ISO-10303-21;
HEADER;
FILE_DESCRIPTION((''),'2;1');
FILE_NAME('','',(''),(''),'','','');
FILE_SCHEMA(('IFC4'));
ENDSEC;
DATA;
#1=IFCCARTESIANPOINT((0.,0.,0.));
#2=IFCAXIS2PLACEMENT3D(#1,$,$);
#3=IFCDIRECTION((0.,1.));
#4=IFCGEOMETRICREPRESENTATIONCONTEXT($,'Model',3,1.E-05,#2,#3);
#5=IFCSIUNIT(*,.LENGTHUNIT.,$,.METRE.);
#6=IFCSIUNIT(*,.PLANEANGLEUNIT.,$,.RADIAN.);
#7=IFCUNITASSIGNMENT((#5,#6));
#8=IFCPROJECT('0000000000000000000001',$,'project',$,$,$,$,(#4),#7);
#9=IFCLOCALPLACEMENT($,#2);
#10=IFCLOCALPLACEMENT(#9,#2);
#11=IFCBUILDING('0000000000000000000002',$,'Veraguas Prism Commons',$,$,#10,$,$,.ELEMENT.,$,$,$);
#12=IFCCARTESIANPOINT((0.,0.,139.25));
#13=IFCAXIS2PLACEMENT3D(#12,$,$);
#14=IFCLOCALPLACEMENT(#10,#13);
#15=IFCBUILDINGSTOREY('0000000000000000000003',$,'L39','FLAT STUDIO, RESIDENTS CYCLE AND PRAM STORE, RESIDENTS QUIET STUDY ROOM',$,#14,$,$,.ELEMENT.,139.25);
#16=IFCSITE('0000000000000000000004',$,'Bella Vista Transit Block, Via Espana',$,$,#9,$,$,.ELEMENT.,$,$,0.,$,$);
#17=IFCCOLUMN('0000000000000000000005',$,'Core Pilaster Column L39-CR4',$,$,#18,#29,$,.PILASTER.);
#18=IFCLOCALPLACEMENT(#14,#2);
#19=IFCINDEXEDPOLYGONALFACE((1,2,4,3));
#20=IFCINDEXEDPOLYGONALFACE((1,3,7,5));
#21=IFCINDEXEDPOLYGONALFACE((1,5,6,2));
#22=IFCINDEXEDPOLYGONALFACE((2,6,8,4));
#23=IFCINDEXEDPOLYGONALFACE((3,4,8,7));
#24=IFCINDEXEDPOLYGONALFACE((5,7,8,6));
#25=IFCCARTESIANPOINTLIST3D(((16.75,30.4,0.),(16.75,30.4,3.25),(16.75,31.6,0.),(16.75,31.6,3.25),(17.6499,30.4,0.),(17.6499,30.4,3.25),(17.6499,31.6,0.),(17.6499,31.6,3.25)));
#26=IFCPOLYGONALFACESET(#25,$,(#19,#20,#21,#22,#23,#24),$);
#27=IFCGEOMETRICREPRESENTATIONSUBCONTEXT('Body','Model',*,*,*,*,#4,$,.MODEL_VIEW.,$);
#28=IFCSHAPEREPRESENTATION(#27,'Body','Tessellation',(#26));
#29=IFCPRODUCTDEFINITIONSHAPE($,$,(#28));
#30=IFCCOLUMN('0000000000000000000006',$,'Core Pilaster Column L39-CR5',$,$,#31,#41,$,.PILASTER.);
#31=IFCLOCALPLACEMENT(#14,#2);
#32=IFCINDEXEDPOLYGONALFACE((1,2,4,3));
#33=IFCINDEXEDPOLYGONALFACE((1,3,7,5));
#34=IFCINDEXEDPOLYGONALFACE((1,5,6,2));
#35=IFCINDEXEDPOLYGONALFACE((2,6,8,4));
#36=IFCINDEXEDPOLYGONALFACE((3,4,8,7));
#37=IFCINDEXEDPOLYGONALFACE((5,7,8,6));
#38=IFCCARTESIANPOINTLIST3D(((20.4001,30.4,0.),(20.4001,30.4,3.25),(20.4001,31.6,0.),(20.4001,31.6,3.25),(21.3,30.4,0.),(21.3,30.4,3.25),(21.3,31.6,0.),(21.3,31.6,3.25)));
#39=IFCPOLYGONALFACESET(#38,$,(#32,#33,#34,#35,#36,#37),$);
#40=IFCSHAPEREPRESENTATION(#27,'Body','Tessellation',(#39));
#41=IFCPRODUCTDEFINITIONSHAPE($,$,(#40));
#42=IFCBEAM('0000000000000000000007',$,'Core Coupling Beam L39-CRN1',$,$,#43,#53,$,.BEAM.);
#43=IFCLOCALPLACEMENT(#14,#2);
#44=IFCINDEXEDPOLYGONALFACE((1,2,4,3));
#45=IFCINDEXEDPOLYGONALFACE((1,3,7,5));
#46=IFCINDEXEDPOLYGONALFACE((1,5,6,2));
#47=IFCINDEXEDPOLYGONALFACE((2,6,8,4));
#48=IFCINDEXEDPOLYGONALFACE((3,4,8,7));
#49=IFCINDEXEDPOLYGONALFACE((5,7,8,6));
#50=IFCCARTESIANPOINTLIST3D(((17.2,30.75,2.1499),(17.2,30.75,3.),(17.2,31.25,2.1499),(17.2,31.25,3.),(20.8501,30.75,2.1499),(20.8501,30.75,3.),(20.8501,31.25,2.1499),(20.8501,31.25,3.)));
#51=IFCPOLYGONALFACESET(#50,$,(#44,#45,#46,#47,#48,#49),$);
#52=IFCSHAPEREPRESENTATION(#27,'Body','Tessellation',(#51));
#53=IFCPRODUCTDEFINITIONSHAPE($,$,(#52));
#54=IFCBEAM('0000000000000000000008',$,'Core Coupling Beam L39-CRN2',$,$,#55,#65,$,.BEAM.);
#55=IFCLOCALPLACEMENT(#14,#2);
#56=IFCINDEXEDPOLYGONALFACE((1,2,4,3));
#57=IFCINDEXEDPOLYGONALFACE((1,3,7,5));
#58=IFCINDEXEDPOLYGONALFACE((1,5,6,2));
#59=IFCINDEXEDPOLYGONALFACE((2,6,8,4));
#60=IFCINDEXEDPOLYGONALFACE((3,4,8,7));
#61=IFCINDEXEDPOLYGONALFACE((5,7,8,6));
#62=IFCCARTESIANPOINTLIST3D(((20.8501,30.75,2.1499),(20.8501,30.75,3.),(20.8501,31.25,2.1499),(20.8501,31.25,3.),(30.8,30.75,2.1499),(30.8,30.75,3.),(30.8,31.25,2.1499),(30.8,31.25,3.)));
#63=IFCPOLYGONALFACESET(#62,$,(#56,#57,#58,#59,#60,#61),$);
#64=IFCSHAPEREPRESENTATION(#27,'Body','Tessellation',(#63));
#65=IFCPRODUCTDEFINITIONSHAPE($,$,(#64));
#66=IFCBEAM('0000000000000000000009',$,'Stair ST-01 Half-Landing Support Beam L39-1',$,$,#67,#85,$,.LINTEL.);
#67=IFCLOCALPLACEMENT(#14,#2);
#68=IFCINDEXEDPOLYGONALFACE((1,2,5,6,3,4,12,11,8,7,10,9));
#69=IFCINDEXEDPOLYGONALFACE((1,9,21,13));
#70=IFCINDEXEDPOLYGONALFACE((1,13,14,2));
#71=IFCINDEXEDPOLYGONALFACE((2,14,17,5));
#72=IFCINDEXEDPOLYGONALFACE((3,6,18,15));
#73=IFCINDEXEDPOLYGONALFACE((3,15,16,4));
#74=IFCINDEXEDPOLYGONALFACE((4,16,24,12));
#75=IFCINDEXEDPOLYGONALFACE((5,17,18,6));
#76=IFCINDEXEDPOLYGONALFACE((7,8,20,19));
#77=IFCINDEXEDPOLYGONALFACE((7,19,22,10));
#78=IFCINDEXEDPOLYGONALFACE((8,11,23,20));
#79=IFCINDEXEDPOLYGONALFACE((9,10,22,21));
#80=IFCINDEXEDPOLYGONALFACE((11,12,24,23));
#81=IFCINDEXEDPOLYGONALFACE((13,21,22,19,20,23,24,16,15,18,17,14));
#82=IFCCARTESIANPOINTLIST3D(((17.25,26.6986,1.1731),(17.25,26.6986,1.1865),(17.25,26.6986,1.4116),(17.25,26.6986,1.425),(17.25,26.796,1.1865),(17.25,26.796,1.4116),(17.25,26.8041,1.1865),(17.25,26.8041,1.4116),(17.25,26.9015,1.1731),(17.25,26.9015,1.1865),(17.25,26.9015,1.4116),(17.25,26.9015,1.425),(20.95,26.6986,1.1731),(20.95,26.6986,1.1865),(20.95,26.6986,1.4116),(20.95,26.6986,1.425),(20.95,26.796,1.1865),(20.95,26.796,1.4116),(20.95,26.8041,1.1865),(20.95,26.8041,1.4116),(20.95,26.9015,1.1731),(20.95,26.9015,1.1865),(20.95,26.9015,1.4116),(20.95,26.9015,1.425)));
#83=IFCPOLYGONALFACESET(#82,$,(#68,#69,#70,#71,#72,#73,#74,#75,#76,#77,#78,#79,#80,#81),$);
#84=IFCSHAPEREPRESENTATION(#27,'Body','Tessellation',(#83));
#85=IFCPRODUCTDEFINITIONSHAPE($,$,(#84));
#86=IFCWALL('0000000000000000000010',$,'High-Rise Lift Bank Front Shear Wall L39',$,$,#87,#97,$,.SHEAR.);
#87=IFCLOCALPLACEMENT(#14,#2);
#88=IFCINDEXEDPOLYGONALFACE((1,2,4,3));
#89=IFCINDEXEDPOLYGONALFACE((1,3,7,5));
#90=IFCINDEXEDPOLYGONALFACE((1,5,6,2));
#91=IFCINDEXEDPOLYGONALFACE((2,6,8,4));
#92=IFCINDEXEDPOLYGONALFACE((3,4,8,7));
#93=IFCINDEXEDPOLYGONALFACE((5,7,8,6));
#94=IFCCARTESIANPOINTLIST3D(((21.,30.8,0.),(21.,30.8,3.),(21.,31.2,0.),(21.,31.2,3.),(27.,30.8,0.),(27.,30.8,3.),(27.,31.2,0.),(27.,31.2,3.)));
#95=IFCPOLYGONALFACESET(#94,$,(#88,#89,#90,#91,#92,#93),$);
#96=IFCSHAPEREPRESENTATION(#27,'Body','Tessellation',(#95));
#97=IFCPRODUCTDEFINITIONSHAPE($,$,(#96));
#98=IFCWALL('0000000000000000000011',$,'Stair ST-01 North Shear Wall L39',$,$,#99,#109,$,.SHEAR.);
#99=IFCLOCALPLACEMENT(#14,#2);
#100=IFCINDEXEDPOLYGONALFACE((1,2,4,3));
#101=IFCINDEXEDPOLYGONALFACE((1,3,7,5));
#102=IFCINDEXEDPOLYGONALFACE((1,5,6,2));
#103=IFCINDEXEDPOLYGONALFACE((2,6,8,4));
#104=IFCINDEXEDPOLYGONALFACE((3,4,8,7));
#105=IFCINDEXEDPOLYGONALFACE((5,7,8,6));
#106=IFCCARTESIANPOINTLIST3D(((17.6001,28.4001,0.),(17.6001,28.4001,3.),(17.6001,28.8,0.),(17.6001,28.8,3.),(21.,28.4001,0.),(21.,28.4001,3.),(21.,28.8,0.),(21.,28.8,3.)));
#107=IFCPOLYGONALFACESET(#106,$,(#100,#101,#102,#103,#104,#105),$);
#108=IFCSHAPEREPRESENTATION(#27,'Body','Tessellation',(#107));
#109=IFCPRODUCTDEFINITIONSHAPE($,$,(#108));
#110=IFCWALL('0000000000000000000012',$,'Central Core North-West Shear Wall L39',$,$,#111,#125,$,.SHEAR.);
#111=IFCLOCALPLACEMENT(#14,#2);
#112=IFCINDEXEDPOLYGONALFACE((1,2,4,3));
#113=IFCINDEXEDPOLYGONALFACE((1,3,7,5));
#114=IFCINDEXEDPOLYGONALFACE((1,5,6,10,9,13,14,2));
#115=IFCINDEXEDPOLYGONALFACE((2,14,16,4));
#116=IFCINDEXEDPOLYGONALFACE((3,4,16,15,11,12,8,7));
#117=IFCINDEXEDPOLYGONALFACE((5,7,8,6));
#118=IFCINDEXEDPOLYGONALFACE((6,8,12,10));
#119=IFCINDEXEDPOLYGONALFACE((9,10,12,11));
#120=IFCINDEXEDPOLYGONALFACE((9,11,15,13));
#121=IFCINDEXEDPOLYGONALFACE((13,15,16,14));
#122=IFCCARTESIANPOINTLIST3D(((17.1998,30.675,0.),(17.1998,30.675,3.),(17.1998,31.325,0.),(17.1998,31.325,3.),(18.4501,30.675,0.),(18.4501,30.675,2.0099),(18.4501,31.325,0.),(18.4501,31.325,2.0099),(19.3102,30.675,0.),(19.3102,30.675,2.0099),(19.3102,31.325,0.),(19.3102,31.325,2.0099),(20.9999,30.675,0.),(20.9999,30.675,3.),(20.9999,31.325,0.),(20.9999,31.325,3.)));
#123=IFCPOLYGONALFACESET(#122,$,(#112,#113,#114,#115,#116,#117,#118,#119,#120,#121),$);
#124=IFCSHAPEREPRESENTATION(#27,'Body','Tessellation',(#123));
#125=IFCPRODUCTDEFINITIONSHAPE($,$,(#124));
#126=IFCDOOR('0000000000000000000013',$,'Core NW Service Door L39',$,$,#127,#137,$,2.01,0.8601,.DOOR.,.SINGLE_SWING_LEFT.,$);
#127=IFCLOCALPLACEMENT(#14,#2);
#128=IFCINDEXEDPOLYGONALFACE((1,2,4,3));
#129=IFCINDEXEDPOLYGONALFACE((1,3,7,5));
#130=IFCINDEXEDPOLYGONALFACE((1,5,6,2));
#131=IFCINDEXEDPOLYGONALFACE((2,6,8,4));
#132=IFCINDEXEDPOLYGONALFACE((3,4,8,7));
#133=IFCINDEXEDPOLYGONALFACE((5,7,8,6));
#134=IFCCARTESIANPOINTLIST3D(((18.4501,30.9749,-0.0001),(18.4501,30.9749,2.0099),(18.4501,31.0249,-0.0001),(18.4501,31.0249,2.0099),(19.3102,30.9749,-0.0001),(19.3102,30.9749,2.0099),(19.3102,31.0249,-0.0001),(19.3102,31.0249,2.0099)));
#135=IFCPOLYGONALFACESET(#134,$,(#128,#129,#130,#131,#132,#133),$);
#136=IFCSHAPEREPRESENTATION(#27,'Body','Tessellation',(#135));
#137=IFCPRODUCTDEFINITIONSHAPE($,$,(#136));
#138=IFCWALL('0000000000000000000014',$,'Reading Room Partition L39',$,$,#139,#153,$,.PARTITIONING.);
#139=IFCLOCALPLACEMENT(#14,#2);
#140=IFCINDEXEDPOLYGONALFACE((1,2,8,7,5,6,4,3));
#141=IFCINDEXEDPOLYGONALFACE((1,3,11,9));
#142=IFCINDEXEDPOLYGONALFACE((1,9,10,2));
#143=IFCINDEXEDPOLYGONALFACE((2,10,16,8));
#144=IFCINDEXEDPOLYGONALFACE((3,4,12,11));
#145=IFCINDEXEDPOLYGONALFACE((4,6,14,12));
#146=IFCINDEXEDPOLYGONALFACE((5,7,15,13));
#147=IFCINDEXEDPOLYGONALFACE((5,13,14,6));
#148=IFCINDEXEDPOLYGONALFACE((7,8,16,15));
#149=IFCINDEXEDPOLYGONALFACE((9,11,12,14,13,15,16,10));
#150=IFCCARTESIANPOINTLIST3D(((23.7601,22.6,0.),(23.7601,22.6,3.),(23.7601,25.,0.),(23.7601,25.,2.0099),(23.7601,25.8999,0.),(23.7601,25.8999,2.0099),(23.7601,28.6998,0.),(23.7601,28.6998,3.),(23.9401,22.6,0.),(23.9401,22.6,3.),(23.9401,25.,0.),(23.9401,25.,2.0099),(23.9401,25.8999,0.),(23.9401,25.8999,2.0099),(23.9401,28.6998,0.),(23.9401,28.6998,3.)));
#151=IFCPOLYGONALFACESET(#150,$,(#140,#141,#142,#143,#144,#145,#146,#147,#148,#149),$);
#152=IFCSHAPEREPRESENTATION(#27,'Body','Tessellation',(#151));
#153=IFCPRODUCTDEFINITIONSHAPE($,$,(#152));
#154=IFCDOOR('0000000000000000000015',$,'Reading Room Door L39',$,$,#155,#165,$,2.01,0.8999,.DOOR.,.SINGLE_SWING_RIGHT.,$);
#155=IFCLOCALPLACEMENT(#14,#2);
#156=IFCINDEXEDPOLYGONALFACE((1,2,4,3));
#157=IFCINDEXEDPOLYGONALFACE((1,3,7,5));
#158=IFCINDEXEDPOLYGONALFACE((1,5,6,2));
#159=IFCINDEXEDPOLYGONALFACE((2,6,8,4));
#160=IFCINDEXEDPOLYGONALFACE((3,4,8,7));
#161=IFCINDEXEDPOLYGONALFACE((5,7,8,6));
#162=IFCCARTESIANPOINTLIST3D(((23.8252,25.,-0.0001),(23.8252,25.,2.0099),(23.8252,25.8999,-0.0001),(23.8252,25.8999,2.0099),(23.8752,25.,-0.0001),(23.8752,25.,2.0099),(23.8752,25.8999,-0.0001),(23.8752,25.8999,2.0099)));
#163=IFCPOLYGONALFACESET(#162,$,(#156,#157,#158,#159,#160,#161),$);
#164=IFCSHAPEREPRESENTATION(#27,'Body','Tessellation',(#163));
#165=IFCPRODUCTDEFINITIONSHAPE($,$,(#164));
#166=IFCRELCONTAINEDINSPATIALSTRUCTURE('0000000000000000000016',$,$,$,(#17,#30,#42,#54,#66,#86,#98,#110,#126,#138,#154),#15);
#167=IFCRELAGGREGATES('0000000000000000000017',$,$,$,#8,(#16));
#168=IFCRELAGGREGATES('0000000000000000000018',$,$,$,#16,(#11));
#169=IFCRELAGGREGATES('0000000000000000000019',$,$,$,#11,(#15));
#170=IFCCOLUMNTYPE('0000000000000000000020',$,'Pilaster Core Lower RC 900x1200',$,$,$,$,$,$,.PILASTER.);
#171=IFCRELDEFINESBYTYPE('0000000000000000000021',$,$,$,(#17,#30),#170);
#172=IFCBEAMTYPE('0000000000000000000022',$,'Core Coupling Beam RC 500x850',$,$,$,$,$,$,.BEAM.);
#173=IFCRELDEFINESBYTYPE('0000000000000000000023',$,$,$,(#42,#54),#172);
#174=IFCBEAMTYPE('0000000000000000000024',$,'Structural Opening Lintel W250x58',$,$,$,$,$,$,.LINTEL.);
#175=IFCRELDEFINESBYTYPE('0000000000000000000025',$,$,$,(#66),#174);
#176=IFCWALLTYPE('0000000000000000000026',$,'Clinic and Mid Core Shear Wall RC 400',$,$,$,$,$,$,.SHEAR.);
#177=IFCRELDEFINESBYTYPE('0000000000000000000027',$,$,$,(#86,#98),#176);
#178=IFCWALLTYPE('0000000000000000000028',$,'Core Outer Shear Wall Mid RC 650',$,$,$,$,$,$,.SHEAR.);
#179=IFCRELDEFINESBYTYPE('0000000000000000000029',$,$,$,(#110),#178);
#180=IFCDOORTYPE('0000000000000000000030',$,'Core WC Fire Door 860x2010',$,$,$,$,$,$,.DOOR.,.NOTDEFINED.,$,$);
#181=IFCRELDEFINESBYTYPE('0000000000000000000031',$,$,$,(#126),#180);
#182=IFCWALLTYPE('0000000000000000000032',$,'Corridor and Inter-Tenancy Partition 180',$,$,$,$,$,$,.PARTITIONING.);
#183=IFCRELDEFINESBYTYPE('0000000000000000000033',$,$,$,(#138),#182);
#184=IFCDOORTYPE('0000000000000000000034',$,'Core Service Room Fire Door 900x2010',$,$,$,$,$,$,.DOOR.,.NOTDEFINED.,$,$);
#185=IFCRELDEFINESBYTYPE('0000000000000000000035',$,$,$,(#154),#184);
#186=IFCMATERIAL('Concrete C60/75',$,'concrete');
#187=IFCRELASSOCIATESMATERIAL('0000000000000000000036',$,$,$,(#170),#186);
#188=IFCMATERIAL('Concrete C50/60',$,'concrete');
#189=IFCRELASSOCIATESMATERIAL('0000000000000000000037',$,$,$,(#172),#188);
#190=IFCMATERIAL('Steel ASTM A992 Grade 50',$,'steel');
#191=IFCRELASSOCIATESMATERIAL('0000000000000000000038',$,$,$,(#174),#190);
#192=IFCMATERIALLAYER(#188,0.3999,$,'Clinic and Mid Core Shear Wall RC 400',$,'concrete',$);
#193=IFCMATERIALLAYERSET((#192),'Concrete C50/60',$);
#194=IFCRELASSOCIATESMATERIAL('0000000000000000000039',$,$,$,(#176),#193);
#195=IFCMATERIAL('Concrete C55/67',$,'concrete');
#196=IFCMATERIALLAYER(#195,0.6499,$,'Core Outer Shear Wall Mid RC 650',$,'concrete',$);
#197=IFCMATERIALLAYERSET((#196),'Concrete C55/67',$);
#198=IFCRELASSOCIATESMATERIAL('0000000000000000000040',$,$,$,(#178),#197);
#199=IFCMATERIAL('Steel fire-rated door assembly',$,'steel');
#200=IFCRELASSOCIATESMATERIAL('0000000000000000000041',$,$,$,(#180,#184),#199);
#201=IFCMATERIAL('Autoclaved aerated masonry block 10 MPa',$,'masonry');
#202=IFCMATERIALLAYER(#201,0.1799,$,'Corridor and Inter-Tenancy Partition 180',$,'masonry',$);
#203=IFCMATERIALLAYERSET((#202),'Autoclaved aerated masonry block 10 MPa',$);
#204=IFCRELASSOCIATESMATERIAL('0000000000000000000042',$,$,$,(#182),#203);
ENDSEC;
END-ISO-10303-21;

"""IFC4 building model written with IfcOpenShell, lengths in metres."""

from ifc_helpers import new_model, si_unit, direction, frame, frame_2d, origin, origin_2d, place, context, subcontext, project, spatial, rectangle, i_section, extrude, source, transform, mapped, material, layer, layer_set, material_profile, profile_set, type_object, element, fill, save


model = new_model("IFC4")

# Units and contexts
model_context = context("Model", 3, precision=1e-05, world=origin(), true_north=direction((0.0, 1.0)))
body_context = subcontext(model_context, "Body", "Model", "MODEL_VIEW")
ifc_project = project(units=[si_unit("LENGTHUNIT", "METRE"), si_unit("PLANEANGLEUNIT", "RADIAN")], contexts=[model_context])

# Site, building, storey
site_placement = place(None, origin())
site = spatial("IfcSite", under=ifc_project, at=site_placement, Name="Bella Vista Transit Block, Via Espana", CompositionType="ELEMENT", RefElevation=0.0)
building_placement = place(site_placement, origin())
building = spatial("IfcBuilding", under=site, at=building_placement, Name="Veraguas Prism Commons", CompositionType="ELEMENT")
storey_placement = place(building_placement, frame((0.0, 0.0, 139.25)))
storey = spatial("IfcBuildingStorey", under=building, at=storey_placement, Name="L39", Description="FLAT STUDIO, RESIDENTS CYCLE AND PRAM STORE, RESIDENTS QUIET STUDY ROOM", CompositionType="ELEMENT", Elevation=139.25)

# Columns
ifc_material_1 = material(Name="Concrete C60/75", Category="concrete")
ifc_material_profile_1 = material_profile(ifc_material_1, rectangle(XDim=0.8999, YDim=1.2, at=origin_2d()), Name="RC900X1200")
ifc_profile_set_1 = profile_set([ifc_material_profile_1], Name="Concrete C60/75")
column_type = type_object("IfcColumnType", Name="Pilaster Core Lower RC 900x1200", PredefinedType="PILASTER", material=ifc_profile_set_1)
for number, where, z_axis, x_axis, name in (
    (1, (17.2, 31.0, 0.0), (0.0, 0.0, 1.0), (1.0, 0.0, 0.0), "Core Pilaster Column L39-CR4"),
    (2, (20.8501, 31.0, 0.0), (0.0, 0.0, 1.0), (1.0, 0.0, 0.0), "Core Pilaster Column L39-CR5"),
):
    element("IfcColumn", number, at=place(storey_placement, frame(where, z_axis=z_axis, x_axis=x_axis)), inside=storey, type_object=column_type, Name=name, PredefinedType="PILASTER", context=body_context, shape_type="SweptSolid", body=[
        extrude(rectangle(XDim=0.8999, YDim=1.2, at=origin_2d()), origin(), (0.0, 0.0, 1.0), 3.25),
    ])

# Beams
ifc_material_2 = material(Name="Concrete C50/60", Category="concrete")
ifc_material_profile_2 = material_profile(ifc_material_2, rectangle(XDim=0.5, YDim=0.8501, at=origin_2d()), Name="RC500X850")
ifc_profile_set_2 = profile_set([ifc_material_profile_2], Name="Concrete C50/60")
beam_type_1 = type_object("IfcBeamType", Name="Core Coupling Beam RC 500x850", PredefinedType="BEAM", material=ifc_profile_set_2)
beam_1_placement = place(storey_placement, frame((17.2, 31.0, 2.575), z_axis=(1.0, 0.0, 0.0), x_axis=(0.0, 1.0, 0.0)))
element("IfcBeam", 3, at=beam_1_placement, inside=storey, type_object=beam_type_1, Name="Core Coupling Beam L39-CRN1", PredefinedType="BEAM", context=body_context, shape_type="SweptSolid", body=[
    extrude(rectangle(XDim=0.5, YDim=0.8501, at=origin_2d()), origin(), (0.0, 0.0, 1.0), 3.6501),
])
beam_2_placement = place(storey_placement, frame((20.8501, 31.0, 2.575), z_axis=(1.0, 0.0, 0.0), x_axis=(0.0, 1.0, 0.0)))
element("IfcBeam", 4, at=beam_2_placement, inside=storey, type_object=beam_type_1, Name="Core Coupling Beam L39-CRN2", PredefinedType="BEAM", context=body_context, shape_type="SweptSolid", body=[
    extrude(rectangle(XDim=0.5, YDim=0.8501, at=origin_2d()), origin(), (0.0, 0.0, 1.0), 9.95),
])
ifc_material_3 = material(Name="Steel ASTM A992 Grade 50", Category="steel")
ifc_material_profile_3 = material_profile(ifc_material_3, i_section(OverallWidth=0.2029, OverallDepth=0.252, WebThickness=0.0081, FlangeThickness=0.0134, at=origin_2d()), Name="W250X58")
ifc_profile_set_3 = profile_set([ifc_material_profile_3], Name="Steel ASTM A992 Grade 50")
beam_type_2 = type_object("IfcBeamType", Name="Structural Opening Lintel W250x58", PredefinedType="LINTEL", material=ifc_profile_set_3)
beam_3_placement = place(storey_placement, frame((17.25, 26.8, 1.2991), z_axis=(1.0, 0.0, 0.0), x_axis=(0.0, 1.0, 0.0)))
element("IfcBeam", 5, at=beam_3_placement, inside=storey, type_object=beam_type_2, Name="Stair ST-01 Half-Landing Support Beam L39-1", PredefinedType="LINTEL", context=body_context, shape_type="SweptSolid", body=[
    extrude(i_section(OverallWidth=0.2029, OverallDepth=0.252, WebThickness=0.0081, FlangeThickness=0.0134, at=origin_2d()), origin(), (0.0, 0.0, 1.0), 3.7),
])

# Walls
ifc_layer_1 = layer(ifc_material_2, 0.3999, Name="Clinic and Mid Core Shear Wall RC 400", Category="concrete")
ifc_layer_set_1 = layer_set([ifc_layer_1], Name="Concrete C50/60")
wall_type_1 = type_object("IfcWallType", Name="Clinic and Mid Core Shear Wall RC 400", PredefinedType="SHEAR", material=ifc_layer_set_1)
wall_1_placement = place(storey_placement, frame((21.0, 31.0, 0.0), z_axis=(0.0, 0.0, 1.0), x_axis=(1.0, 0.0, 0.0)))
element("IfcWall", 6, at=wall_1_placement, inside=storey, type_object=wall_type_1, Name="High-Rise Lift Bank Front Shear Wall L39", PredefinedType="SHEAR", context=body_context, shape_type="SweptSolid", body=[
    extrude(rectangle(XDim=6.0, YDim=0.3999, at=frame_2d((3.0, 0.0))), origin(), (0.0, 0.0, 1.0), 3.0),
])
wall_2_placement = place(storey_placement, frame((17.6001, 28.6001, 0.0), z_axis=(0.0, 0.0, 1.0), x_axis=(1.0, 0.0, 0.0)))
element("IfcWall", 7, at=wall_2_placement, inside=storey, type_object=wall_type_1, Name="Stair ST-01 North Shear Wall L39", PredefinedType="SHEAR", context=body_context, shape_type="SweptSolid", body=[
    extrude(rectangle(XDim=3.3999, YDim=0.3999, at=frame_2d((1.7, 0.0))), origin(), (0.0, 0.0, 1.0), 3.0),
])

# Walls, openings, doors
ifc_material_4 = material(Name="Concrete C55/67", Category="concrete")
ifc_layer_2 = layer(ifc_material_4, 0.6499, Name="Core Outer Shear Wall Mid RC 650", Category="concrete")
ifc_layer_set_2 = layer_set([ifc_layer_2], Name="Concrete C55/67")
wall_type_2 = type_object("IfcWallType", Name="Core Outer Shear Wall Mid RC 650", PredefinedType="SHEAR", material=ifc_layer_set_2)
wall_3_placement = place(storey_placement, frame((17.2, 31.0, 0.0), z_axis=(0.0, 0.0, 1.0), x_axis=(1.0, 0.0, 0.0)))
wall_3 = element("IfcWall", 8, at=wall_3_placement, inside=storey, type_object=wall_type_2, Name="Central Core North-West Shear Wall L39", PredefinedType="SHEAR", context=body_context, shape_type="SweptSolid", body=[
    extrude(rectangle(XDim=3.8, YDim=0.6499, at=frame_2d((1.8999, 0.0))), origin(), (0.0, 0.0, 1.0), 3.0),
])
opening_1_placement = place(wall_3_placement, frame((1.25, 0.0, 0.0)))
opening_1 = element("IfcOpeningElement", 9, at=opening_1_placement, cuts=wall_3, PredefinedType="OPENING", context=body_context, shape_type="SweptSolid", body=[
    extrude(rectangle(XDim=0.8601, YDim=2.01, at=frame_2d((0.4302, 1.0049))), frame((0.0, 0.335, 0.0), z_axis=(0.0, -1.0, 0.0), x_axis=(1.0, 0.0, 0.0)), (0.0, 0.0, 1.0), 0.6699),
])
ifc_material_5 = material(Name="Steel fire-rated door assembly", Category="steel")
door_type_1 = type_object("IfcDoorType", Name="Core WC Fire Door 860x2010", OperationType="NOTDEFINED", PredefinedType="DOOR", material=ifc_material_5)
shared_shape_1 = source(origin(), body_context, "Body", "SweptSolid", [
    extrude(rectangle(XDim=0.8601, YDim=2.01, at=frame_2d((0.4302, 1.0049))), frame((0.0, 0.0249, 0.0), z_axis=(0.0, -1.0, 0.0), x_axis=(1.0, 0.0, 0.0)), (0.0, 0.0, 1.0), 0.05),
])
door_1_placement = place(opening_1_placement, origin())
door_1 = element("IfcDoor", 10, at=door_1_placement, inside=storey, type_object=door_type_1, Name="Core NW Service Door L39", OperationType="SINGLE_SWING_LEFT", OverallHeight=2.01, OverallWidth=0.8601, PredefinedType="DOOR", context=body_context, shape_type="MappedRepresentation", body=[
    mapped(shared_shape_1, transform((0.0, 0.0, 0.0), scale=1.0)),
])
fill(opening_1, door_1)
ifc_material_6 = material(Name="Autoclaved aerated masonry block 10 MPa", Category="masonry")
ifc_layer_3 = layer(ifc_material_6, 0.1799, Name="Corridor and Inter-Tenancy Partition 180", Category="masonry")
ifc_layer_set_3 = layer_set([ifc_layer_3], Name="Autoclaved aerated masonry block 10 MPa")
wall_type_3 = type_object("IfcWallType", Name="Corridor and Inter-Tenancy Partition 180", PredefinedType="PARTITIONING", material=ifc_layer_set_3)
wall_4_placement = place(storey_placement, frame((23.8501, 22.6001, 0.0), z_axis=(0.0, 0.0, 1.0), x_axis=(0.0, 1.0, 0.0)))
wall_4 = element("IfcWall", 11, at=wall_4_placement, inside=storey, type_object=wall_type_3, Name="Reading Room Partition L39", PredefinedType="PARTITIONING", context=body_context, shape_type="SweptSolid", body=[
    extrude(rectangle(XDim=6.0999, YDim=0.1799, at=frame_2d((3.0498, 0.0))), origin(), (0.0, 0.0, 1.0), 3.0),
])
opening_2_placement = place(wall_4_placement, frame((2.3999, 0.0, 0.0)))
opening_2 = element("IfcOpeningElement", 12, at=opening_2_placement, cuts=wall_4, PredefinedType="OPENING", context=body_context, shape_type="SweptSolid", body=[
    extrude(rectangle(XDim=0.8999, YDim=2.01, at=frame_2d((0.45, 1.0049))), frame((0.0, 0.0999, 0.0), z_axis=(0.0, -1.0, 0.0), x_axis=(1.0, 0.0, 0.0)), (0.0, 0.0, 1.0), 0.2),
])
door_type_2 = type_object("IfcDoorType", Name="Core Service Room Fire Door 900x2010", OperationType="NOTDEFINED", PredefinedType="DOOR", material=ifc_material_5)
shared_shape_2 = source(origin(), body_context, "Body", "SweptSolid", [
    extrude(rectangle(XDim=0.8999, YDim=2.01, at=frame_2d((0.45, 1.0049))), frame((0.0, 0.0249, 0.0), z_axis=(0.0, -1.0, 0.0), x_axis=(1.0, 0.0, 0.0)), (0.0, 0.0, 1.0), 0.05),
])
door_2_placement = place(opening_2_placement, origin())
door_2 = element("IfcDoor", 13, at=door_2_placement, inside=storey, type_object=door_type_2, Name="Reading Room Door L39", OperationType="SINGLE_SWING_RIGHT", OverallHeight=2.01, OverallWidth=0.8999, PredefinedType="DOOR", context=body_context, shape_type="MappedRepresentation", body=[
    mapped(shared_shape_2, transform((0.0, 0.0, 0.0), scale=1.0)),
])
fill(opening_2, door_2)

save(model, "model.ifc")
